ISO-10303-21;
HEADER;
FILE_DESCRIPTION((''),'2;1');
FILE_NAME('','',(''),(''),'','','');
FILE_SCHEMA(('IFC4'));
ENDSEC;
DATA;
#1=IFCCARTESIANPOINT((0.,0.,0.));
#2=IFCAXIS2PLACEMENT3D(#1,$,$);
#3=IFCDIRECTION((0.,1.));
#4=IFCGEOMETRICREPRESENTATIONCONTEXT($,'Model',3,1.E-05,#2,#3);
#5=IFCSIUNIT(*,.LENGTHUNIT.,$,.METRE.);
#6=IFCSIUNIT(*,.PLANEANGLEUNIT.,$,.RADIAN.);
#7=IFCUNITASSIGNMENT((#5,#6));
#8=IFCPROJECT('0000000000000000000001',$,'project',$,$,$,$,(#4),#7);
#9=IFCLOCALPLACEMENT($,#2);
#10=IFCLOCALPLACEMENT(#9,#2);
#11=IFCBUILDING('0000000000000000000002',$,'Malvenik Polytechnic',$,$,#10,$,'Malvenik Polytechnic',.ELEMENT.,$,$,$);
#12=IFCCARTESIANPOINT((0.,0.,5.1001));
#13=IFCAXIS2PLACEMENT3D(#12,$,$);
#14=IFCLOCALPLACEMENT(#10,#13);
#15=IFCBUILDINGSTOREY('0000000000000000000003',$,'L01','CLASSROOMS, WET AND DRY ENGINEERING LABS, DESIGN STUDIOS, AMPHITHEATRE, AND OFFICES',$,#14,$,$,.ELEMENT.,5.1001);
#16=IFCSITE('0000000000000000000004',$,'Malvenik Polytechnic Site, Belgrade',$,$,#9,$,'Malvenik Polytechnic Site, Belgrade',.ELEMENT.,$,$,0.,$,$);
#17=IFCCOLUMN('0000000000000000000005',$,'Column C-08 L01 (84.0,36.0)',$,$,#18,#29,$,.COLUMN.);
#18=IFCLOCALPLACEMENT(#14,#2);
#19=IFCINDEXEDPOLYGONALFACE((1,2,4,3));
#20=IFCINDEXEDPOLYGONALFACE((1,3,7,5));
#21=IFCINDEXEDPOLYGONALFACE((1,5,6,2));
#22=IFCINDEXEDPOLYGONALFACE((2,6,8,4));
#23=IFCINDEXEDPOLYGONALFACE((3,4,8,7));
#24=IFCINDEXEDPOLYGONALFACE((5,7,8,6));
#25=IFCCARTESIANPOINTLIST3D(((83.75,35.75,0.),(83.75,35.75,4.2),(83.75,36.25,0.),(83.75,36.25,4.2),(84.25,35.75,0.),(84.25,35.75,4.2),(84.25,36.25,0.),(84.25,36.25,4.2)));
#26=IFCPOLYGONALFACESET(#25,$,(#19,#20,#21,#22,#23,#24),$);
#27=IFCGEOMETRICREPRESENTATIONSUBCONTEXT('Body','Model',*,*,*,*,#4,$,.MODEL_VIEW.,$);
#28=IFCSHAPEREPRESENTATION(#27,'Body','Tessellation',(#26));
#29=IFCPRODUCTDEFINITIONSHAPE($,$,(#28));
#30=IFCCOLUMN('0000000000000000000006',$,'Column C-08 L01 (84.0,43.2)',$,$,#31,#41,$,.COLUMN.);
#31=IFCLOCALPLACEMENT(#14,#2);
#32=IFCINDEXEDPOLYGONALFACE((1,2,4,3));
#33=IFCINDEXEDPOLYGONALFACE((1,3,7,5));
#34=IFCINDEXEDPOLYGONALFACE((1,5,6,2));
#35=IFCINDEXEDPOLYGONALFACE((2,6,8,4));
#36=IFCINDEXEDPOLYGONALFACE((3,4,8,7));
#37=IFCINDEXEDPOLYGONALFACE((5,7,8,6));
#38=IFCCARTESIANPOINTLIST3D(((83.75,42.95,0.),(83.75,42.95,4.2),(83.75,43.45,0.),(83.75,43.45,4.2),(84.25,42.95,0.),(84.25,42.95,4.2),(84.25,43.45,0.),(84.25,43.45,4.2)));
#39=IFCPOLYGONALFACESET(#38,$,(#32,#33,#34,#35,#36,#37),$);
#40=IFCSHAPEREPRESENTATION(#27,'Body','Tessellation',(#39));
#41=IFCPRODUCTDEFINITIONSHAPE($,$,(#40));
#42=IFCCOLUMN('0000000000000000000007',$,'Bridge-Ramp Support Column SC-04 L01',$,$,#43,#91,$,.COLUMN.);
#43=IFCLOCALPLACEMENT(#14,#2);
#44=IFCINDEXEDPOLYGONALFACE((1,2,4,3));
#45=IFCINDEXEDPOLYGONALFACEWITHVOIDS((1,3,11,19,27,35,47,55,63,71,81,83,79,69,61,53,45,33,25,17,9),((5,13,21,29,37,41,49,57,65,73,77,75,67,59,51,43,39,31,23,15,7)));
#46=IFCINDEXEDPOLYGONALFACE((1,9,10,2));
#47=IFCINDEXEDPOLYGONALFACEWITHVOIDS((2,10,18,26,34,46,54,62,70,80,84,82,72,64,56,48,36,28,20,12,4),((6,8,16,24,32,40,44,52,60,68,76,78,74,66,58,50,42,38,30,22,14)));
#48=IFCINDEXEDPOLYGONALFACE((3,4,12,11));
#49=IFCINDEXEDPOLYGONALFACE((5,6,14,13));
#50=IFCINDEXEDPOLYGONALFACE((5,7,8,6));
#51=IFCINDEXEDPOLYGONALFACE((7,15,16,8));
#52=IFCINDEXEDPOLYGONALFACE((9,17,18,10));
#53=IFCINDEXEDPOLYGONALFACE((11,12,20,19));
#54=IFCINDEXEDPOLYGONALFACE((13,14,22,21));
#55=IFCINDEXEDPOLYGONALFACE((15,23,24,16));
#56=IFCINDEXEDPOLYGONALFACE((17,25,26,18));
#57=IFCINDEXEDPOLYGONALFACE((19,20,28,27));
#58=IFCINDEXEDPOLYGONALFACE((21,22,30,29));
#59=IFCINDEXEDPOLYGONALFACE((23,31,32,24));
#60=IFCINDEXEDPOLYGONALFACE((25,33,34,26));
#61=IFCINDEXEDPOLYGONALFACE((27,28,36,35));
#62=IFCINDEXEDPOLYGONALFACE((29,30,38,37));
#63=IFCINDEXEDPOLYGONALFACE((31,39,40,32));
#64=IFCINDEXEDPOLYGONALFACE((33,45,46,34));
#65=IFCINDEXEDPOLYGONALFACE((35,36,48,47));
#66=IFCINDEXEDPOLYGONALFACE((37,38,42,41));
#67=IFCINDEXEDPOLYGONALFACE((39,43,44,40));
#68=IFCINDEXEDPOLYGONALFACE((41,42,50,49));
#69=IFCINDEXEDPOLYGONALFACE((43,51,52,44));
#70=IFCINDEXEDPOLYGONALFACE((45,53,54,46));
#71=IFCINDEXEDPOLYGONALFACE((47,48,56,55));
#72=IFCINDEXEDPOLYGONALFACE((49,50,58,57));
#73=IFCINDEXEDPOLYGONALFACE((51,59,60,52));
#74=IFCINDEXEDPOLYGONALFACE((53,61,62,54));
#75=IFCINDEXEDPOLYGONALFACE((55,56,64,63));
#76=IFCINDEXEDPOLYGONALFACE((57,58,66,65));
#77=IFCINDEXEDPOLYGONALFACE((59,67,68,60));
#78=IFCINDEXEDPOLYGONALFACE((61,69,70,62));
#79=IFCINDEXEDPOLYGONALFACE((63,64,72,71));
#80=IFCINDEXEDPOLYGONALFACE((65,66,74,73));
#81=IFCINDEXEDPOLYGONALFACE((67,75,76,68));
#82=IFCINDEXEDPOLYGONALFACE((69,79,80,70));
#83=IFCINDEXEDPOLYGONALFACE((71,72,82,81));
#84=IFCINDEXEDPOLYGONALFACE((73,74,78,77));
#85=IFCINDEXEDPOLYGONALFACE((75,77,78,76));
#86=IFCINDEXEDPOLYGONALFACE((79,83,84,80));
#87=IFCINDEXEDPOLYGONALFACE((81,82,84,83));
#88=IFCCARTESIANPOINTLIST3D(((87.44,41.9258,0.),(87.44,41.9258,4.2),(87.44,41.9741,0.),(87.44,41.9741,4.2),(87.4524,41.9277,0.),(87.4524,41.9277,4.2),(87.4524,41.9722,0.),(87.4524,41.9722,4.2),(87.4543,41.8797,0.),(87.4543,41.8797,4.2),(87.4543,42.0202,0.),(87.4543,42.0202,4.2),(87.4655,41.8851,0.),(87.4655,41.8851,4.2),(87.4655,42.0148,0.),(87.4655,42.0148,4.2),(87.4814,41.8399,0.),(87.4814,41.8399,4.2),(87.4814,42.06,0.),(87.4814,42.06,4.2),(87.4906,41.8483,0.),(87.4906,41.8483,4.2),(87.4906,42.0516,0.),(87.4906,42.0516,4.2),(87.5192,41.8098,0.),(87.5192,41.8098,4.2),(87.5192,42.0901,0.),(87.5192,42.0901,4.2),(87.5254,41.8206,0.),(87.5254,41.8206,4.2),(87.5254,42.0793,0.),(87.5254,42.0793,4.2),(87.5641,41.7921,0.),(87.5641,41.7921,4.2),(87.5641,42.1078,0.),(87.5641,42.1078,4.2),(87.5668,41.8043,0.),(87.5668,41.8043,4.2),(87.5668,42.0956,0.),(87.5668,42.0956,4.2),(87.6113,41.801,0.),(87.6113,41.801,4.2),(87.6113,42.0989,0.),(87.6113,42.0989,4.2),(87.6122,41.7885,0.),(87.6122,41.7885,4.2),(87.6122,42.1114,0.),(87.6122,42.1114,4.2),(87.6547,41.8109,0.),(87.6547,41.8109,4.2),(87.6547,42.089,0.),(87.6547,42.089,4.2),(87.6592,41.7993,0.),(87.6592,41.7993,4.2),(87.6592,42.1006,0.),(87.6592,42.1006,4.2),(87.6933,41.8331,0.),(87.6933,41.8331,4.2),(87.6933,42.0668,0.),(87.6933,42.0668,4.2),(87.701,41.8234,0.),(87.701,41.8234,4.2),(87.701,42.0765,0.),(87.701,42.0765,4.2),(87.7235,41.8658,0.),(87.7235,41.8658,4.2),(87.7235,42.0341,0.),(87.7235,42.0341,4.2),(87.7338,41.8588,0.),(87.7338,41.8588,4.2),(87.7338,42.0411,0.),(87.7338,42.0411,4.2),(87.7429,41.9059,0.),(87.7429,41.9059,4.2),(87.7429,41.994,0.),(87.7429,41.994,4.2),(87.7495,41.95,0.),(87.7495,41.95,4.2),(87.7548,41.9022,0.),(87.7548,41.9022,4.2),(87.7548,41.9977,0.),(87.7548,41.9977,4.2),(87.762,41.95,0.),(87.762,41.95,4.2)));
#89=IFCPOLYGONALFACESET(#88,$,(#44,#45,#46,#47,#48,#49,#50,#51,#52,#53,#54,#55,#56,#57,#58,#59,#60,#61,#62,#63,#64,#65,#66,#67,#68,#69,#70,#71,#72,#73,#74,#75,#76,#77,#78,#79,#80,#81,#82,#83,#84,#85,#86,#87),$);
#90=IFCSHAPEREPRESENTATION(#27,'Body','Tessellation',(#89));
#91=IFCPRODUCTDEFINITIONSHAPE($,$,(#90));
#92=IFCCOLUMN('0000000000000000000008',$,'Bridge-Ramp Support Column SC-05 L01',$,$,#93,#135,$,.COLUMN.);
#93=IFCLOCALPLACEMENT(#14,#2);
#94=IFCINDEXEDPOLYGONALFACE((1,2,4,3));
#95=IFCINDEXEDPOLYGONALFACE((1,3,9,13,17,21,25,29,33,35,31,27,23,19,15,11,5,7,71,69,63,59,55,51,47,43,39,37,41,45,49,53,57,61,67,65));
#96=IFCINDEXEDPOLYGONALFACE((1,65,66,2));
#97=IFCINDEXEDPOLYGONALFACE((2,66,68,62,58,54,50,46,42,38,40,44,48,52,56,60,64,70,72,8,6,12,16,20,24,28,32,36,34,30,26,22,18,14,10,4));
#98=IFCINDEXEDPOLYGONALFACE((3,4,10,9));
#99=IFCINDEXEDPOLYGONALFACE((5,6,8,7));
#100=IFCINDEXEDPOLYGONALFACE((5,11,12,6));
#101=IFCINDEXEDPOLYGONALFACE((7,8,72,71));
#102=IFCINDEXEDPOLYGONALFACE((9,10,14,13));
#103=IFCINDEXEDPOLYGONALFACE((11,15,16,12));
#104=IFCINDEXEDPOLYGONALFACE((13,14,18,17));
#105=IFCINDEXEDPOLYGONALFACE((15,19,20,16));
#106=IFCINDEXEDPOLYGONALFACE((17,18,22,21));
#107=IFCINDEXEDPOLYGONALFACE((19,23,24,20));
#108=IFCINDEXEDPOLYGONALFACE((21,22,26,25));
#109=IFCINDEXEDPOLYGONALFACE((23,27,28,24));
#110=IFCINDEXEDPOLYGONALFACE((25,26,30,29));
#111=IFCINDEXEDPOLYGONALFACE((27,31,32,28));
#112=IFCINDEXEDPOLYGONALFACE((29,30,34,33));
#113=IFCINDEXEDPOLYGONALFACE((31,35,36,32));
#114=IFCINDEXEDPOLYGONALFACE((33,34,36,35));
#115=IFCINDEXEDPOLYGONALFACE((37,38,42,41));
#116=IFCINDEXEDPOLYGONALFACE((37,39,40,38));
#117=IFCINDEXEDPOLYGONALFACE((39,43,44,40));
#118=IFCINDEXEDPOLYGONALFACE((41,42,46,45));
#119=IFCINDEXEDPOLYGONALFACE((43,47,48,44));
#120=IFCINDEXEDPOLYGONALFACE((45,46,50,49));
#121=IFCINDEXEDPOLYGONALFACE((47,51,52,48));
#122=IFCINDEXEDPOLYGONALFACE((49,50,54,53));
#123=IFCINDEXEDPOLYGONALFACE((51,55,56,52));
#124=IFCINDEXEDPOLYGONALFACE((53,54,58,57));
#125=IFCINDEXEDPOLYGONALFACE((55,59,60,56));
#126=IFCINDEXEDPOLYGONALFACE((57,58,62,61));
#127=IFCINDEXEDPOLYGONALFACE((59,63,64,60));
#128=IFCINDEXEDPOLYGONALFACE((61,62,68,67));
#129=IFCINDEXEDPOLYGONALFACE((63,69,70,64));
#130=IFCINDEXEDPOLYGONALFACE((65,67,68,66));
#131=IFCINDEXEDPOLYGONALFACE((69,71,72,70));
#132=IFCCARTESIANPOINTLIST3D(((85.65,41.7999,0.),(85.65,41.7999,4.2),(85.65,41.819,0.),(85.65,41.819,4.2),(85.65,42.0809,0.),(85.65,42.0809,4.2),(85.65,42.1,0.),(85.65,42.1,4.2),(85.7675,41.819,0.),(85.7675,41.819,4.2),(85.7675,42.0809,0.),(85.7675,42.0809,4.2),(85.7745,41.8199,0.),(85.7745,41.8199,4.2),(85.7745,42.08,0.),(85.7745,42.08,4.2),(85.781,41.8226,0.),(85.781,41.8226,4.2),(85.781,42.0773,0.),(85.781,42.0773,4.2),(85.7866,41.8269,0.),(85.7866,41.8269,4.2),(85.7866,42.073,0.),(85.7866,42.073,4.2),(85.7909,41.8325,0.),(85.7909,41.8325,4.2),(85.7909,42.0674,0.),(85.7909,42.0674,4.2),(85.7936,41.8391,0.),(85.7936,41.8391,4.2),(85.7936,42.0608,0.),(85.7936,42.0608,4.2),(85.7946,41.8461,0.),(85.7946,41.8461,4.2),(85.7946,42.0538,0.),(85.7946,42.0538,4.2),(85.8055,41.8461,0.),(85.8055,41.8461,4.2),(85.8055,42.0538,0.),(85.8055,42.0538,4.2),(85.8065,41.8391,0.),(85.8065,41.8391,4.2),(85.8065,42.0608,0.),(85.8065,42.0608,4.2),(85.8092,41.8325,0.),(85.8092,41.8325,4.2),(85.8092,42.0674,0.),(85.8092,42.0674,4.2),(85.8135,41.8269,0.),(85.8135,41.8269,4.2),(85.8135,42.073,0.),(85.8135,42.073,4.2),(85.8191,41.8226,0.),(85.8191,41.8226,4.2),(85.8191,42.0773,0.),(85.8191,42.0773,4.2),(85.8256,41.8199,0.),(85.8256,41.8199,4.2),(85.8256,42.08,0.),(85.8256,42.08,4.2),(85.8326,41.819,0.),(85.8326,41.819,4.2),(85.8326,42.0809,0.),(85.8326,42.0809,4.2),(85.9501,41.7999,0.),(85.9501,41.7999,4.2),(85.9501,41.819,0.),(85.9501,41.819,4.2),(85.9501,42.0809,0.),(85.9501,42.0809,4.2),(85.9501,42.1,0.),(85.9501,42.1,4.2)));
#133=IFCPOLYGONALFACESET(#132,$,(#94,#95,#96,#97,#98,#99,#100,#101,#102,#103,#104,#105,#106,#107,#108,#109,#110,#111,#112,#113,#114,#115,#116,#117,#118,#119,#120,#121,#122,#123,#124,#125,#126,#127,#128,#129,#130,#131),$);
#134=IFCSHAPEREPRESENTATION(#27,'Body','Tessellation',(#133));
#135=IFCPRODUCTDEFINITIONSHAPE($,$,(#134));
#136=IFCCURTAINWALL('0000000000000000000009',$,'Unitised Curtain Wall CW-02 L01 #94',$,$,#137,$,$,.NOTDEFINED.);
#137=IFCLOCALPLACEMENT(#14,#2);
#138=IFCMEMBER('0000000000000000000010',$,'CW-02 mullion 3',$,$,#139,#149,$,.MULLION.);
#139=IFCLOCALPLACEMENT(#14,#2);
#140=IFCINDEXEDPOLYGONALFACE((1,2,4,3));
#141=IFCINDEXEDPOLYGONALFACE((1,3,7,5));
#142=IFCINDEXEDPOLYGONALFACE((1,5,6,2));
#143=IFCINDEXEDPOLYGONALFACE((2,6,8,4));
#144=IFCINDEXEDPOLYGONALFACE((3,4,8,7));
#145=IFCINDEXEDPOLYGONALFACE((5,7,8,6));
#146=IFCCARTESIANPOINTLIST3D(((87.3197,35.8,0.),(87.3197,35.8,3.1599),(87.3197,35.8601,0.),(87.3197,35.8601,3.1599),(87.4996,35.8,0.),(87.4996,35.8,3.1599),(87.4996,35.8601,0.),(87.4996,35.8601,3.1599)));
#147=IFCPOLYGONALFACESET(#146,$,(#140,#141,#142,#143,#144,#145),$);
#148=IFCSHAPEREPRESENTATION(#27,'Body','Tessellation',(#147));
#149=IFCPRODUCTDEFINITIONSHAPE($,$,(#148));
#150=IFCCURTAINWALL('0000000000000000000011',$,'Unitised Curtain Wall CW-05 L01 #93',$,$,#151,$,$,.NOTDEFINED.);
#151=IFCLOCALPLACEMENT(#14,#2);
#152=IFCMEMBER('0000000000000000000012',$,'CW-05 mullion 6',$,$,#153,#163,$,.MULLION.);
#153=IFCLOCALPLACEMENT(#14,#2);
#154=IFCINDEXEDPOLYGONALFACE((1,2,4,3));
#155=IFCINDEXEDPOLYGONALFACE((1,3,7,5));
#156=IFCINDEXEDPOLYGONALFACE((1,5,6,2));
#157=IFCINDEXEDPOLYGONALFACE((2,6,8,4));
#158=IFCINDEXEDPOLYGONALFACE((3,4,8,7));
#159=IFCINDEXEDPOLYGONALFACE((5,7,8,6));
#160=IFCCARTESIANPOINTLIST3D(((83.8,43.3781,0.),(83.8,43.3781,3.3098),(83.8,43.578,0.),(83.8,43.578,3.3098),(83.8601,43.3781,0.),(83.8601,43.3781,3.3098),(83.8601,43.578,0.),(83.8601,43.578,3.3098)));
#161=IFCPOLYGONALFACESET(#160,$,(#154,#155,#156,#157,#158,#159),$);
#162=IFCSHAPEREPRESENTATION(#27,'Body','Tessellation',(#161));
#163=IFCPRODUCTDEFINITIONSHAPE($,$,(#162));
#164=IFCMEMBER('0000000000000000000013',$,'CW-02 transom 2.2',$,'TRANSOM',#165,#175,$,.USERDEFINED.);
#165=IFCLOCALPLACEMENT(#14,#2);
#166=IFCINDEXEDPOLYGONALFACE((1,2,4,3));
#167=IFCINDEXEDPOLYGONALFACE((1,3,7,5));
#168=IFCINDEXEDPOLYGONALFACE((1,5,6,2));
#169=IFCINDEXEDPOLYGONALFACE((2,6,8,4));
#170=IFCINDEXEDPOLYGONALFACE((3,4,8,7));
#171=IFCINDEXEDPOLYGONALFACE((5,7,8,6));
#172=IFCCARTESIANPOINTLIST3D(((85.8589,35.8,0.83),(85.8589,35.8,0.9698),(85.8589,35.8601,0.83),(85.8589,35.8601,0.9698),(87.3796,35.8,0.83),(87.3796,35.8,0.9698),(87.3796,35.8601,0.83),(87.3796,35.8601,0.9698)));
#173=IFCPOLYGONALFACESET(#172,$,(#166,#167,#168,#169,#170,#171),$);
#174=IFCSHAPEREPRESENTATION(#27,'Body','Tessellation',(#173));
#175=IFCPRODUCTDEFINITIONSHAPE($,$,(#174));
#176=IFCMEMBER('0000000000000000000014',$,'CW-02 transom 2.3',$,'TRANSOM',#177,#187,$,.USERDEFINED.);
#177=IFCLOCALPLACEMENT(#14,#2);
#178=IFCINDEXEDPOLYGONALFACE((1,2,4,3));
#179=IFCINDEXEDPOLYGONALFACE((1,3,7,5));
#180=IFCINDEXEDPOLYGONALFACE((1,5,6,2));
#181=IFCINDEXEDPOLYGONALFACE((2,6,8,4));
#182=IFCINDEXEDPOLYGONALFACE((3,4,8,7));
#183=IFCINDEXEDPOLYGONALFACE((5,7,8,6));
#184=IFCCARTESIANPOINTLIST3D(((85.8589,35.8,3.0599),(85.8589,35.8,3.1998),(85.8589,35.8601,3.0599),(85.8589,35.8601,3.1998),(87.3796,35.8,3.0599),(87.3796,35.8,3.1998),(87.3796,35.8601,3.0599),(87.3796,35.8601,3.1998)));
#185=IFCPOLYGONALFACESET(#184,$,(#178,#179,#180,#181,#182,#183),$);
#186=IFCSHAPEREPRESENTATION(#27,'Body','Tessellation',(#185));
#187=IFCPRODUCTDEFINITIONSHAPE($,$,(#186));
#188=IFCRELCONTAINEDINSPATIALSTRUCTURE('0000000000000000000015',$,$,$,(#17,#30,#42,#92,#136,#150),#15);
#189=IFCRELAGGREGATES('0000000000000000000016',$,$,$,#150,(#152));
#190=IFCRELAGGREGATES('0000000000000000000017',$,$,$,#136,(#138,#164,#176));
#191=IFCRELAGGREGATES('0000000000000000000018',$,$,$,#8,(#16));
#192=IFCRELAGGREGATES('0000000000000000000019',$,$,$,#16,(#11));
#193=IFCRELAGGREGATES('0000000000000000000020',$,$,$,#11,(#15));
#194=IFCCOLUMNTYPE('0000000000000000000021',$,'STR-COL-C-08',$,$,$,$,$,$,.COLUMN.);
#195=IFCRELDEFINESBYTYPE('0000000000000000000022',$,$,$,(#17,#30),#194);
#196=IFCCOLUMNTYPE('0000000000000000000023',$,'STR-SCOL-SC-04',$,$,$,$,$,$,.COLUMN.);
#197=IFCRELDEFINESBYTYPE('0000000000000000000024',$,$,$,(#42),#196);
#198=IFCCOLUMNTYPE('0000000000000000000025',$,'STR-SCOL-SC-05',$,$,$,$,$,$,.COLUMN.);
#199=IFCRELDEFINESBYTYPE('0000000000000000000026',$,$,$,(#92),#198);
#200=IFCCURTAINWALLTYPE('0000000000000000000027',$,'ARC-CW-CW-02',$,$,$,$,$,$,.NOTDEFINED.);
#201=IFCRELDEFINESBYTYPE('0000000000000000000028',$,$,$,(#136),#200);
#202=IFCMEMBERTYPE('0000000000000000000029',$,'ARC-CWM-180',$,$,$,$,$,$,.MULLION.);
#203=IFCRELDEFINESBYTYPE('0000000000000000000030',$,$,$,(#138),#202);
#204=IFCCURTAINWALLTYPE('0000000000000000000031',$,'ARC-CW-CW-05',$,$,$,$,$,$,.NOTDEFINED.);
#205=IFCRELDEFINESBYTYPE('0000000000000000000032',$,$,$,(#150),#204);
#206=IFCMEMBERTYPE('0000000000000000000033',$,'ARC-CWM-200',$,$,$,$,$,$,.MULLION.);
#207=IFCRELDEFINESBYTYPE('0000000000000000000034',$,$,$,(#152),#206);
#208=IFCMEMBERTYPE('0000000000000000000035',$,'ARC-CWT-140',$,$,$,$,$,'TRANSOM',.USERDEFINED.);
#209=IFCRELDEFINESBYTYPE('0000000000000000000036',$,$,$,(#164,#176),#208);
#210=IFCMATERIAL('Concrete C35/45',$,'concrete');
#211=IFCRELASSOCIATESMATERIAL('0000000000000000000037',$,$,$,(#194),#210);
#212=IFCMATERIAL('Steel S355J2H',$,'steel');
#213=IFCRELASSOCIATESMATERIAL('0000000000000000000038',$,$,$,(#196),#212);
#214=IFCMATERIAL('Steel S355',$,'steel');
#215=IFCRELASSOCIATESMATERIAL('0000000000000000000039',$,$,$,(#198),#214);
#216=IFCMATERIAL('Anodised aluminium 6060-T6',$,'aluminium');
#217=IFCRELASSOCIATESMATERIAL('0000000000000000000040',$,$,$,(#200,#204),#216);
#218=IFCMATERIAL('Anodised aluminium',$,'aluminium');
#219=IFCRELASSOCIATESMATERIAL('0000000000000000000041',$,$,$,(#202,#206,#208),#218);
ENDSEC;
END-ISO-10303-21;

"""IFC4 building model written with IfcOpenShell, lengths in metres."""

from ifc_helpers import new_model, si_unit, direction, frame, origin, origin_2d, place, context, subcontext, project, spatial, rectangle, hollow_circle, i_section, extrude, material, material_profile, profile_set, type_object, element, aggregate, save


model = new_model("IFC4")

# Units and contexts
model_context = context("Model", 3, precision=1e-05, world=origin(), true_north=direction((0.0, 1.0)))
body_context = subcontext(model_context, "Body", "Model", "MODEL_VIEW")
ifc_project = project(units=[si_unit("LENGTHUNIT", "METRE"), si_unit("PLANEANGLEUNIT", "RADIAN")], contexts=[model_context])

# Site, building, storey
site_placement = place(None, origin())
site = spatial("IfcSite", under=ifc_project, at=site_placement, Name="Malvenik Polytechnic Site, Belgrade", LongName="Malvenik Polytechnic Site, Belgrade", CompositionType="ELEMENT", RefElevation=0.0)
building_placement = place(site_placement, origin())
building = spatial("IfcBuilding", under=site, at=building_placement, Name="Malvenik Polytechnic", LongName="Malvenik Polytechnic", CompositionType="ELEMENT")
storey_placement = place(building_placement, frame((0.0, 0.0, 5.1001)))
storey = spatial("IfcBuildingStorey", under=building, at=storey_placement, Name="L01", Description="CLASSROOMS, WET AND DRY ENGINEERING LABS, DESIGN STUDIOS, AMPHITHEATRE, AND OFFICES", CompositionType="ELEMENT", Elevation=5.1001)

# Columns
ifc_material_1 = material(Name="Concrete C35/45", Category="concrete")
ifc_material_profile_1 = material_profile(ifc_material_1, rectangle(XDim=0.5, YDim=0.5, at=origin_2d()), Name="RC COL 500x500")
ifc_profile_set_1 = profile_set([ifc_material_profile_1], Name="Concrete C35/45")
column_type_1 = type_object("IfcColumnType", Name="STR-COL-C-08", PredefinedType="COLUMN", material=ifc_profile_set_1)
for number, where, z_axis, x_axis, name in (
    (1, (84.0, 36.0, 0.0), (0.0, 0.0, 1.0), (1.0, 0.0, 0.0), "Column C-08 L01 (84.0,36.0)"),
    (2, (84.0, 43.2, 0.0), (0.0, 0.0, 1.0), (1.0, 0.0, 0.0), "Column C-08 L01 (84.0,43.2)"),
):
    element("IfcColumn", number, at=place(storey_placement, frame(where, z_axis=z_axis, x_axis=x_axis)), inside=storey, type_object=column_type_1, Name=name, PredefinedType="COLUMN", context=body_context, shape_type="SweptSolid", body=[
        extrude(rectangle(XDim=0.5, YDim=0.5, at=origin_2d()), origin(), (0.0, 0.0, 1.0), 4.2),
    ])
ifc_material_2 = material(Name="Steel S355J2H", Category="steel")
ifc_material_profile_2 = material_profile(ifc_material_2, hollow_circle(Radius=0.1619, WallThickness=0.0125, at=origin_2d()), Name="CHS 323.9x12.5")
ifc_profile_set_2 = profile_set([ifc_material_profile_2], Name="Steel S355J2H")
column_type_2 = type_object("IfcColumnType", Name="STR-SCOL-SC-04", PredefinedType="COLUMN", material=ifc_profile_set_2)
column_1_placement = place(storey_placement, frame((87.6001, 41.95, 0.0), z_axis=(0.0, 0.0, 1.0), x_axis=(1.0, 0.0, 0.0)))
element("IfcColumn", 3, at=column_1_placement, inside=storey, type_object=column_type_2, Name="Bridge-Ramp Support Column SC-04 L01", PredefinedType="COLUMN", context=body_context, shape_type="SweptSolid", body=[
    extrude(hollow_circle(Radius=0.1619, WallThickness=0.0125, at=origin_2d()), origin(), (0.0, 0.0, 1.0), 4.2),
])
ifc_material_3 = material(Name="Steel S355", Category="steel")
ifc_material_profile_3 = material_profile(ifc_material_3, i_section(OverallWidth=0.3, OverallDepth=0.3, WebThickness=0.011, FlangeThickness=0.019, FilletRadius=0.0271, at=origin_2d()), Name="HEB 300")
ifc_profile_set_3 = profile_set([ifc_material_profile_3], Name="Steel S355")
column_type_3 = type_object("IfcColumnType", Name="STR-SCOL-SC-05", PredefinedType="COLUMN", material=ifc_profile_set_3)
column_2_placement = place(storey_placement, frame((85.8, 41.95, 0.0), z_axis=(0.0, 0.0, 1.0), x_axis=(1.0, 0.0, 0.0)))
element("IfcColumn", 4, at=column_2_placement, inside=storey, type_object=column_type_3, Name="Bridge-Ramp Support Column SC-05 L01", PredefinedType="COLUMN", context=body_context, shape_type="SweptSolid", body=[
    extrude(i_section(OverallWidth=0.3, OverallDepth=0.3, WebThickness=0.011, FlangeThickness=0.019, FilletRadius=0.0271, at=origin_2d()), origin(), (0.0, 0.0, 1.0), 4.2),
])

# Curtain walls, members
ifc_material_4 = material(Name="Anodised aluminium 6060-T6", Category="aluminium")
curtain_wall_type_1 = type_object("IfcCurtainWallType", Name="ARC-CW-CW-02", PredefinedType="NOTDEFINED", material=ifc_material_4)
curtain_wall_1_placement = place(storey_placement, origin())
curtain_wall_1 = element("IfcCurtainWall", 5, at=curtain_wall_1_placement, inside=storey, type_object=curtain_wall_type_1, Name="Unitised Curtain Wall CW-02 L01 #94", PredefinedType="NOTDEFINED")
ifc_material_5 = material(Name="Anodised aluminium", Category="aluminium")
ifc_material_profile_4 = material_profile(ifc_material_5, rectangle(XDim=0.0601, YDim=0.1799, at=origin_2d()), Name="ALU MULLION 60x180")
ifc_profile_set_4 = profile_set([ifc_material_profile_4], Name="Anodised aluminium")
member_type_1 = type_object("IfcMemberType", Name="ARC-CWM-180", PredefinedType="MULLION", material=ifc_profile_set_4)
member_1_placement = place(storey_placement, frame((87.4097, 35.8301, 0.0), z_axis=(0.0, 0.0, 1.0), x_axis=(0.0, 1.0, 0.0)))
member_1 = element("IfcMember", 6, at=member_1_placement, type_object=member_type_1, Name="CW-02 mullion 3", PredefinedType="MULLION", context=body_context, shape_type="SweptSolid", body=[
    extrude(rectangle(XDim=0.0601, YDim=0.1799, at=origin_2d()), origin(), (0.0, 0.0, 1.0), 3.1599),
])
curtain_wall_type_2 = type_object("IfcCurtainWallType", Name="ARC-CW-CW-05", PredefinedType="NOTDEFINED", material=ifc_material_4)
curtain_wall_2_placement = place(storey_placement, origin())
curtain_wall_2 = element("IfcCurtainWall", 7, at=curtain_wall_2_placement, inside=storey, type_object=curtain_wall_type_2, Name="Unitised Curtain Wall CW-05 L01 #93", PredefinedType="NOTDEFINED")
ifc_material_profile_5 = material_profile(ifc_material_5, rectangle(XDim=0.0601, YDim=0.2, at=origin_2d()), Name="ALU MULLION 60x200")
ifc_profile_set_5 = profile_set([ifc_material_profile_5], Name="Anodised aluminium")
member_type_2 = type_object("IfcMemberType", Name="ARC-CWM-200", PredefinedType="MULLION", material=ifc_profile_set_5)
member_2_placement = place(storey_placement, frame((83.8301, 43.478, 0.0), z_axis=(0.0, 0.0, 1.0), x_axis=(1.0, 0.0, 0.0)))
member_2 = element("IfcMember", 8, at=member_2_placement, type_object=member_type_2, Name="CW-05 mullion 6", PredefinedType="MULLION", context=body_context, shape_type="SweptSolid", body=[
    extrude(rectangle(XDim=0.0601, YDim=0.2, at=origin_2d()), origin(), (0.0, 0.0, 1.0), 3.3098),
])
aggregate(curtain_wall_2, [member_2])

# Members
ifc_material_profile_6 = material_profile(ifc_material_5, rectangle(XDim=0.0601, YDim=0.1399, at=origin_2d()), Name="ALU TRANSOM 60x140")
ifc_profile_set_6 = profile_set([ifc_material_profile_6], Name="Anodised aluminium")
member_type_3 = type_object("IfcMemberType", Name="ARC-CWT-140", ElementType="TRANSOM", PredefinedType="USERDEFINED", material=ifc_profile_set_6)
member_3_placement = place(storey_placement, frame((85.8589, 35.8301, 0.8999), z_axis=(1.0, 0.0, 0.0), x_axis=(0.0, 1.0, 0.0)))
member_3 = element("IfcMember", 9, at=member_3_placement, type_object=member_type_3, Name="CW-02 transom 2.2", ObjectType="TRANSOM", PredefinedType="USERDEFINED", context=body_context, shape_type="SweptSolid", body=[
    extrude(rectangle(XDim=0.0601, YDim=0.1399, at=origin_2d()), origin(), (0.0, 0.0, 1.0), 1.5208),
])
member_4_placement = place(storey_placement, frame((85.8589, 35.8301, 3.1299), z_axis=(1.0, 0.0, 0.0), x_axis=(0.0, 1.0, 0.0)))
member_4 = element("IfcMember", 10, at=member_4_placement, type_object=member_type_3, Name="CW-02 transom 2.3", ObjectType="TRANSOM", PredefinedType="USERDEFINED", context=body_context, shape_type="SweptSolid", body=[
    extrude(rectangle(XDim=0.0601, YDim=0.1399, at=origin_2d()), origin(), (0.0, 0.0, 1.0), 1.5208),
])

aggregate(curtain_wall_1, [member_1, member_3, member_4])

save(model, "model.ifc")
